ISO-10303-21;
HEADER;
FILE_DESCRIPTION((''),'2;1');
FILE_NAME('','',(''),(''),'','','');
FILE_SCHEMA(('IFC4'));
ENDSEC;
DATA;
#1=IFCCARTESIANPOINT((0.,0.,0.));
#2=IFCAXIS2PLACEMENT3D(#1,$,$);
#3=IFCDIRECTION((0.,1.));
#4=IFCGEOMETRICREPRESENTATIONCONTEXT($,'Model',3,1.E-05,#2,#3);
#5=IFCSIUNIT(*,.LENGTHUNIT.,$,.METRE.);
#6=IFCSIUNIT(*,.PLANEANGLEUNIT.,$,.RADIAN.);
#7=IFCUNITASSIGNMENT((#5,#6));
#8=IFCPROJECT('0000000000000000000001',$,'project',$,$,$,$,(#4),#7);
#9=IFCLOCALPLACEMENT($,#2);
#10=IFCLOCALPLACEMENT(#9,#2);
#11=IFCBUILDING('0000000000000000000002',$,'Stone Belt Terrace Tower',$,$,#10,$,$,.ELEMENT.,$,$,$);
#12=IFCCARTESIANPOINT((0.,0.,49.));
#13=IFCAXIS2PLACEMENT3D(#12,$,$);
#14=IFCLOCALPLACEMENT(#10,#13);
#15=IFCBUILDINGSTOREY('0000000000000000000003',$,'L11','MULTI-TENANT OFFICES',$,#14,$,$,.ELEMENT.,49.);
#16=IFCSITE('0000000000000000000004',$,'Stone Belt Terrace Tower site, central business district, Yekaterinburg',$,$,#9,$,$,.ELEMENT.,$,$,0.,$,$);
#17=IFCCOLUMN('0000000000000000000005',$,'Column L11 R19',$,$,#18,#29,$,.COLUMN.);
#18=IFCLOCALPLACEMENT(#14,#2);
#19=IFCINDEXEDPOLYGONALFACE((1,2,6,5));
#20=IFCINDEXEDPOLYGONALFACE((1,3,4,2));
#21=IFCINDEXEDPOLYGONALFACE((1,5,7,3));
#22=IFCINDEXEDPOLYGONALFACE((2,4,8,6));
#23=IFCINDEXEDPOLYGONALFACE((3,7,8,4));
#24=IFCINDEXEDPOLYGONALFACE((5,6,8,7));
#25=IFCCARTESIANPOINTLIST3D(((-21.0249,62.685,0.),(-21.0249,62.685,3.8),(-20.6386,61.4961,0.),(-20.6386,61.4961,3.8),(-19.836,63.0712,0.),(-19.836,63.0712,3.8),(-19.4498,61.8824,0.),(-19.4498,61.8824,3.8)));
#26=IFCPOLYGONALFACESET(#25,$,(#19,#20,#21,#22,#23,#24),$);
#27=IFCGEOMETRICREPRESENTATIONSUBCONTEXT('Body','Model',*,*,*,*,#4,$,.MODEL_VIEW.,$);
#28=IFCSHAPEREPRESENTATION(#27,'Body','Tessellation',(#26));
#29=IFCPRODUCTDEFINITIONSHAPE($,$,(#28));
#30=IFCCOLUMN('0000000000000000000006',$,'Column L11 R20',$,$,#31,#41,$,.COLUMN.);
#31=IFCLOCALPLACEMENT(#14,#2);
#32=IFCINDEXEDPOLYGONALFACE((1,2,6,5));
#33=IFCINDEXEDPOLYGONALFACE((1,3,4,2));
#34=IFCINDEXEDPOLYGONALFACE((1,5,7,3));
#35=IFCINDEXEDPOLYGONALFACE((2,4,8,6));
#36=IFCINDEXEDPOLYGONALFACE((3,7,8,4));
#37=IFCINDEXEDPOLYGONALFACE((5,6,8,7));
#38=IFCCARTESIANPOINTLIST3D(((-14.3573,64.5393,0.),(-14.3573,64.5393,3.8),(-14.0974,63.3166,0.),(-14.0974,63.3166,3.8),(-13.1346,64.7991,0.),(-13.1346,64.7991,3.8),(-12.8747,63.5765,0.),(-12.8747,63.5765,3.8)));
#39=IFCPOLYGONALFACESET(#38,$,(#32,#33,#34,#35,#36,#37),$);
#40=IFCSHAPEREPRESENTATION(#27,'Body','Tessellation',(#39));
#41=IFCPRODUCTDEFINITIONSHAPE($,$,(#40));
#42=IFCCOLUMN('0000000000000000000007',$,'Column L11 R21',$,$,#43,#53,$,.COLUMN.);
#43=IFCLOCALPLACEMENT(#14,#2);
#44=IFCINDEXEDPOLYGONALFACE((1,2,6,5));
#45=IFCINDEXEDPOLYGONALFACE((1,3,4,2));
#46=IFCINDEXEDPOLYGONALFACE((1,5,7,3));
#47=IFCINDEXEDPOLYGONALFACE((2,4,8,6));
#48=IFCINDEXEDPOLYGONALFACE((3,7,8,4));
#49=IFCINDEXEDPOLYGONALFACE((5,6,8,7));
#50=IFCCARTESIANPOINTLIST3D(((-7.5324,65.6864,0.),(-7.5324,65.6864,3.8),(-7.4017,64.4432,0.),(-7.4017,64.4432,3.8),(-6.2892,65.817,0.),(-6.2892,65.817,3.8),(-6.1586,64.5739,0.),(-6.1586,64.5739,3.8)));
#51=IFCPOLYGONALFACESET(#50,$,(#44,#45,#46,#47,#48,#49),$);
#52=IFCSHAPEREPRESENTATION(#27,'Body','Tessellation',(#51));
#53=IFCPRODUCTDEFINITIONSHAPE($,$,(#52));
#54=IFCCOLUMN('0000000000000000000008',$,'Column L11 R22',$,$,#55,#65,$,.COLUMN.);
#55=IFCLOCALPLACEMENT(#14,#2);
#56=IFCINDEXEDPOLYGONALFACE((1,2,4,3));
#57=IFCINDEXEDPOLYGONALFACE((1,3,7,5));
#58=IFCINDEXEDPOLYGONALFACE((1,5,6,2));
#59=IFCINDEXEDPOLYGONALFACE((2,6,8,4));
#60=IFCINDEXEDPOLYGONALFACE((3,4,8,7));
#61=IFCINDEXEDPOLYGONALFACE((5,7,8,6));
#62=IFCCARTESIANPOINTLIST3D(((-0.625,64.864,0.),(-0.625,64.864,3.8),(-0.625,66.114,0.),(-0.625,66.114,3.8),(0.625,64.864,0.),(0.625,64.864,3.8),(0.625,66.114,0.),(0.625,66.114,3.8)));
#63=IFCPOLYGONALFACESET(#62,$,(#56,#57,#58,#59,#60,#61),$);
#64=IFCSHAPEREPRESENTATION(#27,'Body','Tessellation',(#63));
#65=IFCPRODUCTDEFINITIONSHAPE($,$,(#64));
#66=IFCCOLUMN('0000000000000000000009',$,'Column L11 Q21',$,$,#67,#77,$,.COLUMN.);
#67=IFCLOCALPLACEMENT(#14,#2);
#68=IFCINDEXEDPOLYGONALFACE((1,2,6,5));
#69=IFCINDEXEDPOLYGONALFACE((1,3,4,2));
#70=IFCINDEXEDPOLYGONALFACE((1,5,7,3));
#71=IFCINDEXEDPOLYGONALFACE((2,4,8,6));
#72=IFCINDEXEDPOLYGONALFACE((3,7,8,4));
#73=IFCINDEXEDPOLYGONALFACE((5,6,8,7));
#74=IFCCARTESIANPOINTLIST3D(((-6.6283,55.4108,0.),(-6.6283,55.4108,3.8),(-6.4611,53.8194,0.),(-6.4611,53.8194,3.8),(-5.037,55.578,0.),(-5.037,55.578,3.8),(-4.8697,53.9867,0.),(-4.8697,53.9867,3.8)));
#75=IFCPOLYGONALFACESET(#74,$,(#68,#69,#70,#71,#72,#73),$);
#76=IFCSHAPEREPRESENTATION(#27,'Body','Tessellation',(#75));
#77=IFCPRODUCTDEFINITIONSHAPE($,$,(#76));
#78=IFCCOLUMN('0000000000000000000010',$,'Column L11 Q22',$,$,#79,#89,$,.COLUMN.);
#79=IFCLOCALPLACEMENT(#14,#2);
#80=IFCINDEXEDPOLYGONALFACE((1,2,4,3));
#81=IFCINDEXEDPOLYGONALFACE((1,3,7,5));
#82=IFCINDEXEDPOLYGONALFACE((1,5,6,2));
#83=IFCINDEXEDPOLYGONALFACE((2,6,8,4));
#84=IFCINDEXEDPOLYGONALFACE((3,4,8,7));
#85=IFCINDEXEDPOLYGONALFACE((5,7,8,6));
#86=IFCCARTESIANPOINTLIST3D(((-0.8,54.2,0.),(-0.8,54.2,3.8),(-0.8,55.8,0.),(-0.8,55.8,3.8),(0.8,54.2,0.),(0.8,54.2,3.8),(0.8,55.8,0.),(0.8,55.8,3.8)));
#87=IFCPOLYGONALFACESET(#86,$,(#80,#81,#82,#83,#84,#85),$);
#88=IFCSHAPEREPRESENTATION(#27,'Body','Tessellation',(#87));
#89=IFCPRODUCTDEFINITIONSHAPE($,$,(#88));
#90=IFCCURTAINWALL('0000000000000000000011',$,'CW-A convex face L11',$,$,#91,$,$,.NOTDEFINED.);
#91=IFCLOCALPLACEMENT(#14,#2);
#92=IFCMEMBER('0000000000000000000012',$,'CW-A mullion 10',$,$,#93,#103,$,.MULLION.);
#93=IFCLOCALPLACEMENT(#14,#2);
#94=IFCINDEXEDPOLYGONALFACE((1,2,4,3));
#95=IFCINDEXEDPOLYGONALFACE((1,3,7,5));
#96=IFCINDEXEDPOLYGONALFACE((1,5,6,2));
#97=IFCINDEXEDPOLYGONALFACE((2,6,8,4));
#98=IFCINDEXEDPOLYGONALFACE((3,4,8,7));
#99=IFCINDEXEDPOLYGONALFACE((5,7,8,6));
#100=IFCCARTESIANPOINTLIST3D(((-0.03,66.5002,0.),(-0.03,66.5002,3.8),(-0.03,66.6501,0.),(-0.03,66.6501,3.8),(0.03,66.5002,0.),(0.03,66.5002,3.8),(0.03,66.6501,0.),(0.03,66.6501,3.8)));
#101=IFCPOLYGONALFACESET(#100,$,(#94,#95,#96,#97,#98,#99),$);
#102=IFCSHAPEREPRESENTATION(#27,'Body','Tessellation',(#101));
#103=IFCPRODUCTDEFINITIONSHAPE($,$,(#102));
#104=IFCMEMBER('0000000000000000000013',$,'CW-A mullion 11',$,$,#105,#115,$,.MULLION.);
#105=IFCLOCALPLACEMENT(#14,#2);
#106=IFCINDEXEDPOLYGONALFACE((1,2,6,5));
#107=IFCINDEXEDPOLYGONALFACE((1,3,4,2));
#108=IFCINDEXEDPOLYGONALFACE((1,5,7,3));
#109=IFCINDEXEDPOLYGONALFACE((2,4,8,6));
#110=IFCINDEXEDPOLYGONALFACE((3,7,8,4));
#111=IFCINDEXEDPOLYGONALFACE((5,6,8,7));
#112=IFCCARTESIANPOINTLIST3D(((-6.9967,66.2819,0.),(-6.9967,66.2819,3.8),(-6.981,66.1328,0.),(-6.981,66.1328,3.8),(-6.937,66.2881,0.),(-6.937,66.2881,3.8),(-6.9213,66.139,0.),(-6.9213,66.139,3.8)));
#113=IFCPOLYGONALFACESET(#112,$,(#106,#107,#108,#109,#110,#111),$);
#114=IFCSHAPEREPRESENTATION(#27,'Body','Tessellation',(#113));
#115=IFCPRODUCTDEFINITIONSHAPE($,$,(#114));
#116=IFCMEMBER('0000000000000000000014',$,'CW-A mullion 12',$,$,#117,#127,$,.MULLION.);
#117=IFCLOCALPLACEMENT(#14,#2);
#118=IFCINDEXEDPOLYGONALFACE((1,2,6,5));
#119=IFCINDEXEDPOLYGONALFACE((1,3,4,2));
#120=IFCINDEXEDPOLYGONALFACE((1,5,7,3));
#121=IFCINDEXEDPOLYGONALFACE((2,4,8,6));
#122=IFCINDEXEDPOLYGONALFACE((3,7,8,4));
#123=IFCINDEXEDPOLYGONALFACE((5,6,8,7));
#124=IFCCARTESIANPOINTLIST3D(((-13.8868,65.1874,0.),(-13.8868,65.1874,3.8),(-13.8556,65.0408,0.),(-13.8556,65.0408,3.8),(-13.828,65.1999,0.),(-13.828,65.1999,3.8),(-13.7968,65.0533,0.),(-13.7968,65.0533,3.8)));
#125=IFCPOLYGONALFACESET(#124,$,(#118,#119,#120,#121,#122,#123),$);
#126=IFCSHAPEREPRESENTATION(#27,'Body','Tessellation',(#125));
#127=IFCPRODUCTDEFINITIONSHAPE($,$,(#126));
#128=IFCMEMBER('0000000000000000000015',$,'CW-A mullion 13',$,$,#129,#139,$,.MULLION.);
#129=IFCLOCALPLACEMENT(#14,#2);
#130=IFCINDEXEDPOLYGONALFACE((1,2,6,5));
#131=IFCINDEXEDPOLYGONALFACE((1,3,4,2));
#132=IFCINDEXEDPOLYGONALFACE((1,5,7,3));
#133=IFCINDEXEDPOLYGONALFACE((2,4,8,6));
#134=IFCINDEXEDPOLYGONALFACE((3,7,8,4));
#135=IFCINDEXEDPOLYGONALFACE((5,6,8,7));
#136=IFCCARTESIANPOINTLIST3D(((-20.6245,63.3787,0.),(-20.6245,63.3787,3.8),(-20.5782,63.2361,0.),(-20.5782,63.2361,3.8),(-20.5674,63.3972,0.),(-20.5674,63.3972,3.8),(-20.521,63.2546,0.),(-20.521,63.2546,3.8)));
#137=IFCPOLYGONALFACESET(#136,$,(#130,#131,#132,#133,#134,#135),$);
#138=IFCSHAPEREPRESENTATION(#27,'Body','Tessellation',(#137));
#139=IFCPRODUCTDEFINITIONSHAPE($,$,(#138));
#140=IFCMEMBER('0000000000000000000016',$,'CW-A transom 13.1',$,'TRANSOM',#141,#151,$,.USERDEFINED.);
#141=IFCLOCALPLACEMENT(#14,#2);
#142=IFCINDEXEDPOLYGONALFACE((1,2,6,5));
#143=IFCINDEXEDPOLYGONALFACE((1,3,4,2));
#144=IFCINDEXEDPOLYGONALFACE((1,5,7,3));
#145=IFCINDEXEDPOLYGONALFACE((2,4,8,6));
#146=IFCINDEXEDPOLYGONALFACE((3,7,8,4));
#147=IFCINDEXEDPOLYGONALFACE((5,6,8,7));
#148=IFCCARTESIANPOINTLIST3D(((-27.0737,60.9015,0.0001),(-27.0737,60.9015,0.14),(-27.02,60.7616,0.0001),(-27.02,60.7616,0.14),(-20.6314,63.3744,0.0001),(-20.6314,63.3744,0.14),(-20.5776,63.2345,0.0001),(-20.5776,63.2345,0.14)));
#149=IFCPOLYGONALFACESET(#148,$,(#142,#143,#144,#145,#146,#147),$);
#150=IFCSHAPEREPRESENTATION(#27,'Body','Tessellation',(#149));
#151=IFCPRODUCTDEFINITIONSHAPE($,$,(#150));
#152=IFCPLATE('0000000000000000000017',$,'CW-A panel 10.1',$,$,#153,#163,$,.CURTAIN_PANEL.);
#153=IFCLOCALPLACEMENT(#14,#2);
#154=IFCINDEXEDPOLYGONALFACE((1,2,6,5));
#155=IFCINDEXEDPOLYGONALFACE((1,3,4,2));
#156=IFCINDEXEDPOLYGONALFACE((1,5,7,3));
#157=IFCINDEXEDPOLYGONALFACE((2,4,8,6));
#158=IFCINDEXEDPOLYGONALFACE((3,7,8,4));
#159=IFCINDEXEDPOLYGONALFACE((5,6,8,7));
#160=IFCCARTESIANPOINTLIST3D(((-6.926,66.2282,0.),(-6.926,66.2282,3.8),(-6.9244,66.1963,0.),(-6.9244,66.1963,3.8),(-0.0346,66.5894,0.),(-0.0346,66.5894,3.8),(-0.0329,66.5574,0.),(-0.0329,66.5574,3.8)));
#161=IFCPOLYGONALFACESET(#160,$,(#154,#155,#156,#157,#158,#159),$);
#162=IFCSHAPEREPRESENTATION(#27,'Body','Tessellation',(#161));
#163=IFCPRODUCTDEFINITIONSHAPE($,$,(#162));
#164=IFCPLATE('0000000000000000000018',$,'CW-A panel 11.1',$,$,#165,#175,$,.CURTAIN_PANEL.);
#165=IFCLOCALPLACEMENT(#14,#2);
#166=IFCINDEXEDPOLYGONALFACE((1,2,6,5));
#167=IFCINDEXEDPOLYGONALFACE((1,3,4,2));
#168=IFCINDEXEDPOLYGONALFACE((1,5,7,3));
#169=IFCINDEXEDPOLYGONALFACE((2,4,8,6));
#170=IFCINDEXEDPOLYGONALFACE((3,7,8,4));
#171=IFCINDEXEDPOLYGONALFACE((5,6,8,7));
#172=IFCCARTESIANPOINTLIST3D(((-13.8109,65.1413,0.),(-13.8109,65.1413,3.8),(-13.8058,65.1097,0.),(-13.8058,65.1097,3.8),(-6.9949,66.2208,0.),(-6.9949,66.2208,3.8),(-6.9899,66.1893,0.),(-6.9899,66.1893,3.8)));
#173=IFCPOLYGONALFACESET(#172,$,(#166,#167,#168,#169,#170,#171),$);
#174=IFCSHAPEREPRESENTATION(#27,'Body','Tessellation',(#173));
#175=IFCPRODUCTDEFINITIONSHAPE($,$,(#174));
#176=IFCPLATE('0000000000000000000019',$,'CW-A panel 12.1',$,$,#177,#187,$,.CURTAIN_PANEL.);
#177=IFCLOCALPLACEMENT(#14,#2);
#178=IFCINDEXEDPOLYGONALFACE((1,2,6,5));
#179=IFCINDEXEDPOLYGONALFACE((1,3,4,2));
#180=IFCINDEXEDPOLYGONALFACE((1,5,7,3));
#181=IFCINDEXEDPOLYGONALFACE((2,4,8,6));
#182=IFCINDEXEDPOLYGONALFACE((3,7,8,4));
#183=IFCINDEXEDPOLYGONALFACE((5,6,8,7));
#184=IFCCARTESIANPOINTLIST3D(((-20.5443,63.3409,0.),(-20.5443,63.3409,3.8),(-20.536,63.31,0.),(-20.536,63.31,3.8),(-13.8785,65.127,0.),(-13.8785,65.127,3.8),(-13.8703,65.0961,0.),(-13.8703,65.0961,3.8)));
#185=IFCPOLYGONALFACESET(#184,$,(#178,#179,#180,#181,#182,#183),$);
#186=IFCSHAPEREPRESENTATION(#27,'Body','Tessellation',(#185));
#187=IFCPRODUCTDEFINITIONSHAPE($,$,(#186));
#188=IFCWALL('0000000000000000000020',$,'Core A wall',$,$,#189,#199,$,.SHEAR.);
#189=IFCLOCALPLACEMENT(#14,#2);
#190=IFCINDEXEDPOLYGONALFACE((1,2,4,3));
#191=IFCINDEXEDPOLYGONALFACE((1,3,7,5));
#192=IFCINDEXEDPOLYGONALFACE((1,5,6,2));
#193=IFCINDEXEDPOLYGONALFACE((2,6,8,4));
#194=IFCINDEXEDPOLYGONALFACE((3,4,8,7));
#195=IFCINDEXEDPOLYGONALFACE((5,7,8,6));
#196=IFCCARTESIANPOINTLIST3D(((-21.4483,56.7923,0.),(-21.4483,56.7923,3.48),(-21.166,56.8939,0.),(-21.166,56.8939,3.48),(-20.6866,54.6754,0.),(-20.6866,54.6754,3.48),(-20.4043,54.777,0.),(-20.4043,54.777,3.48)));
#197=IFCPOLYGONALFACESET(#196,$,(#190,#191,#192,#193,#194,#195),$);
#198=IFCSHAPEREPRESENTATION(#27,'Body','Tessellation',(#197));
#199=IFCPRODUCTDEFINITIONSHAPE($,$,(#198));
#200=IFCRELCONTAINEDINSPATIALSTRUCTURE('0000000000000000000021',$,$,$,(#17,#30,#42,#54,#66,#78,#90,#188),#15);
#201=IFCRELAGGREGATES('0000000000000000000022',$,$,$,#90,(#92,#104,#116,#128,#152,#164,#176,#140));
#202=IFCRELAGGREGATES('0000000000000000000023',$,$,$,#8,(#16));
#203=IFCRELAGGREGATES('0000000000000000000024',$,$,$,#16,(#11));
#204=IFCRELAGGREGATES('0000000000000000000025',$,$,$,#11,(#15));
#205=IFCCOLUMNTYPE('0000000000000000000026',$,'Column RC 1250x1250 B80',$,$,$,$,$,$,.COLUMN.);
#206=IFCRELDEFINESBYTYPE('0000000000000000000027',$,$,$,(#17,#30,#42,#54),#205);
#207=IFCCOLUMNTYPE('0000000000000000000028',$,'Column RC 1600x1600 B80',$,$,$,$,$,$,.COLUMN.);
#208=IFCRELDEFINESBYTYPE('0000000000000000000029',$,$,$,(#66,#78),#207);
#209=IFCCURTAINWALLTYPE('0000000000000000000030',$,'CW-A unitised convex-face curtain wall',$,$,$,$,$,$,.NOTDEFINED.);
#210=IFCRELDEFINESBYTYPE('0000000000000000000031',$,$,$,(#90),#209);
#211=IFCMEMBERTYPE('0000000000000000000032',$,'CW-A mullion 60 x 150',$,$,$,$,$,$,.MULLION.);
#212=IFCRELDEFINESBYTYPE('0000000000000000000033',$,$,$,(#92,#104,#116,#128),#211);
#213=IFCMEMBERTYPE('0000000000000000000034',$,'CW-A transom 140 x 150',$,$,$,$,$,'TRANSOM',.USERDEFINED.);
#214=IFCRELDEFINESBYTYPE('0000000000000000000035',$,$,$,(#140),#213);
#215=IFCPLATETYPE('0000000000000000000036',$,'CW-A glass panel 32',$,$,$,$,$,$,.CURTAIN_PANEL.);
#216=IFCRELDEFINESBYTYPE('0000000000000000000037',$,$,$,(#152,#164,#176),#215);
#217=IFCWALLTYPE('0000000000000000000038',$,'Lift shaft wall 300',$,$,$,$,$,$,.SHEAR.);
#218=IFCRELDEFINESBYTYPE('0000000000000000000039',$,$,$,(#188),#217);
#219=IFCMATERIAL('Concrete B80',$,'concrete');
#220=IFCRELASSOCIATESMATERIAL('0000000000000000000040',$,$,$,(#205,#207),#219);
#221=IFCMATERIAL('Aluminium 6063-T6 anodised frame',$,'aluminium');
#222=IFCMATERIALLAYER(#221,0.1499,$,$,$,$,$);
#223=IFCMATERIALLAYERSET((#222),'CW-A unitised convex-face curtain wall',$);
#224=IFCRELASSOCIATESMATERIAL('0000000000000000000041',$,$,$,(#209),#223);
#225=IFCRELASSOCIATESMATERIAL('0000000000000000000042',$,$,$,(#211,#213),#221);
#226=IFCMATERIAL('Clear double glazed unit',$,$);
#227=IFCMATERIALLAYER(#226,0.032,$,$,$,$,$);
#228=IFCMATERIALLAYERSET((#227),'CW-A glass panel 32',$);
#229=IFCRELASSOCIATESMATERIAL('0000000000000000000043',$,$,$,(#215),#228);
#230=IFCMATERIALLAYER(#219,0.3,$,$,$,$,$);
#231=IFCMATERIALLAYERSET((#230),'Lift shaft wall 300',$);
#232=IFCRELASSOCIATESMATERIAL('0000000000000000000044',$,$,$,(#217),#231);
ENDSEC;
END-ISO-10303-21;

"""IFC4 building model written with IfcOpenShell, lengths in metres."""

from ifc_helpers import new_model, si_unit, direction, frame, frame_2d, origin, origin_2d, place, context, subcontext, project, spatial, rectangle, extrude, material, layer, layer_set, material_profile, profile_set, type_object, element, aggregate, save


model = new_model("IFC4")

# Units and contexts
model_context = context("Model", 3, precision=1e-05, world=origin(), true_north=direction((0.0, 1.0)))
body_context = subcontext(model_context, "Body", "Model", "MODEL_VIEW")
ifc_project = project(units=[si_unit("LENGTHUNIT", "METRE"), si_unit("PLANEANGLEUNIT", "RADIAN")], contexts=[model_context])

# Site, building, storey
site_placement = place(None, origin())
site = spatial("IfcSite", under=ifc_project, at=site_placement, Name="Stone Belt Terrace Tower site, central business district, Yekaterinburg", CompositionType="ELEMENT", RefElevation=0.0)
building_placement = place(site_placement, origin())
building = spatial("IfcBuilding", under=site, at=building_placement, Name="Stone Belt Terrace Tower", CompositionType="ELEMENT")
storey_placement = place(building_placement, frame((0.0, 0.0, 49.0)))
storey = spatial("IfcBuildingStorey", under=building, at=storey_placement, Name="L11", Description="MULTI-TENANT OFFICES", CompositionType="ELEMENT", Elevation=49.0)

# Columns
ifc_material_1 = material(Name="Concrete B80", Category="concrete")
ifc_material_profile_1 = material_profile(ifc_material_1, rectangle(XDim=1.25, YDim=1.25, at=origin_2d()), Name="RC 1250x1250")
ifc_profile_set_1 = profile_set([ifc_material_profile_1], Name="Concrete B80")
column_type_1 = type_object("IfcColumnType", Name="Column RC 1250x1250 B80", PredefinedType="COLUMN", material=ifc_profile_set_1)
for number, where, z_axis, x_axis, name in (
    (1, (-20.2373, 62.2837, 0.0), (0.0, 0.0, 1.0), (0.951057, 0.309017, 0.0), "Column L11 R19"),
    (2, (-13.616, 64.0579, 0.0), (0.0, 0.0, 1.0), (0.978148, 0.207912, 0.0), "Column L11 R20"),
    (3, (-6.8455, 65.1301, 0.0), (0.0, 0.0, 1.0), (0.994522, 0.104528, 0.0), "Column L11 R21"),
    (4, (0.0, 65.489, 0.0), (0.0, 0.0, 1.0), (1.0, 0.0, 0.0), "Column L11 R22"),
):
    element("IfcColumn", number, at=place(storey_placement, frame(where, z_axis=z_axis, x_axis=x_axis)), inside=storey, type_object=column_type_1, Name=name, PredefinedType="COLUMN", context=body_context, shape_type="SweptSolid", body=[
        extrude(rectangle(XDim=1.25, YDim=1.25, at=origin_2d()), origin(), (0.0, 0.0, 1.0), 3.8),
    ])
ifc_material_profile_2 = material_profile(ifc_material_1, rectangle(XDim=1.6001, YDim=1.6001, at=origin_2d()), Name="RC 1600x1600")
ifc_profile_set_2 = profile_set([ifc_material_profile_2], Name="Concrete B80")
column_type_2 = type_object("IfcColumnType", Name="Column RC 1600x1600 B80", PredefinedType="COLUMN", material=ifc_profile_set_2)
for number, where, z_axis, x_axis, name in (
    (5, (-5.749, 54.6987, 0.0), (0.0, 0.0, 1.0), (0.994522, 0.104528, 0.0), "Column L11 Q21"),
    (6, (0.0, 55.0, 0.0), (0.0, 0.0, 1.0), (1.0, 0.0, 0.0), "Column L11 Q22"),
):
    element("IfcColumn", number, at=place(storey_placement, frame(where, z_axis=z_axis, x_axis=x_axis)), inside=storey, type_object=column_type_2, Name=name, PredefinedType="COLUMN", context=body_context, shape_type="SweptSolid", body=[
        extrude(rectangle(XDim=1.6001, YDim=1.6001, at=origin_2d()), origin(), (0.0, 0.0, 1.0), 3.8),
    ])

# Curtain wall, members, plates
ifc_material_2 = material(Name="Aluminium 6063-T6 anodised frame", Category="aluminium")
ifc_layer_1 = layer(ifc_material_2, 0.1499)
ifc_layer_set_1 = layer_set([ifc_layer_1], Name="CW-A unitised convex-face curtain wall")
curtain_wall_type = type_object("IfcCurtainWallType", Name="CW-A unitised convex-face curtain wall", PredefinedType="NOTDEFINED", material=ifc_layer_set_1)
curtain_wall_placement = place(storey_placement, origin())
curtain_wall = element("IfcCurtainWall", 7, at=curtain_wall_placement, inside=storey, type_object=curtain_wall_type, Name="CW-A convex face L11", PredefinedType="NOTDEFINED")
ifc_material_profile_3 = material_profile(ifc_material_2, rectangle(XDim=0.1499, YDim=0.0601, at=origin_2d()), Name="Aluminium 6063-T6 60x150")
ifc_profile_set_3 = profile_set([ifc_material_profile_3], Name="Aluminium 6063-T6 anodised frame")
member_type_1 = type_object("IfcMemberType", Name="CW-A mullion 60 x 150", PredefinedType="MULLION", material=ifc_profile_set_3)
member_1_placement = place(storey_placement, frame((0.0, 66.5752, 0.0), z_axis=(0.0, 0.0, 1.0), x_axis=(0.0, -1.0, 0.0)))
member_1 = element("IfcMember", 8, at=member_1_placement, type_object=member_type_1, Name="CW-A mullion 10", PredefinedType="MULLION", context=body_context, shape_type="SweptSolid", body=[
    extrude(rectangle(XDim=0.1499, YDim=0.0601, at=origin_2d()), origin(), (0.0, 0.0, 1.0), 3.8),
])
member_2_placement = place(storey_placement, frame((-6.959, 66.2104, 0.0), z_axis=(0.0, 0.0, 1.0), x_axis=(0.104528, -0.994522, 0.0)))
member_2 = element("IfcMember", 9, at=member_2_placement, type_object=member_type_1, Name="CW-A mullion 11", PredefinedType="MULLION", context=body_context, shape_type="SweptSolid", body=[
    extrude(rectangle(XDim=0.1499, YDim=0.0601, at=origin_2d()), origin(), (0.0, 0.0, 1.0), 3.8),
])
member_3_placement = place(storey_placement, frame((-13.8418, 65.1204, 0.0), z_axis=(0.0, 0.0, 1.0), x_axis=(0.207912, -0.978148, 0.0)))
member_3 = element("IfcMember", 10, at=member_3_placement, type_object=member_type_1, Name="CW-A mullion 12", PredefinedType="MULLION", context=body_context, shape_type="SweptSolid", body=[
    extrude(rectangle(XDim=0.1499, YDim=0.0601, at=origin_2d()), origin(), (0.0, 0.0, 1.0), 3.8),
])
member_4_placement = place(storey_placement, frame((-20.5728, 63.3167, 0.0), z_axis=(0.0, 0.0, 1.0), x_axis=(0.309017, -0.951057, 0.0)))
member_4 = element("IfcMember", 11, at=member_4_placement, type_object=member_type_1, Name="CW-A mullion 13", PredefinedType="MULLION", context=body_context, shape_type="SweptSolid", body=[
    extrude(rectangle(XDim=0.1499, YDim=0.0601, at=origin_2d()), origin(), (0.0, 0.0, 1.0), 3.8),
])
ifc_material_profile_4 = material_profile(ifc_material_2, rectangle(XDim=0.1499, YDim=0.1399, at=origin_2d()), Name="Aluminium 6063-T6 150x140")
ifc_profile_set_4 = profile_set([ifc_material_profile_4], Name="Aluminium 6063-T6 anodised frame")
member_type_2 = type_object("IfcMemberType", Name="CW-A transom 140 x 150", ElementType="TRANSOM", PredefinedType="USERDEFINED", material=ifc_profile_set_4)
member_5_placement = place(storey_placement, frame((-20.6045, 63.3044, 0.0701), z_axis=(-0.933585, -0.358355, 0.0), x_axis=(0.358355, -0.933585, 0.0)))
member_5 = element("IfcMember", 12, at=member_5_placement, type_object=member_type_2, Name="CW-A transom 13.1", ObjectType="TRANSOM", PredefinedType="USERDEFINED", context=body_context, shape_type="SweptSolid", body=[
    extrude(rectangle(XDim=0.1499, YDim=0.1399, at=origin_2d()), origin(), (0.0, 0.0, 1.0), 6.9006),
])
ifc_material_3 = material(Name="Clear double glazed unit")
ifc_layer_2 = layer(ifc_material_3, 0.032)
ifc_layer_set_2 = layer_set([ifc_layer_2], Name="CW-A glass panel 32")
plate_type = type_object("IfcPlateType", Name="CW-A glass panel 32", PredefinedType="CURTAIN_PANEL", material=ifc_layer_set_2)
plate_1_placement = place(storey_placement, frame((-3.4795, 66.3928, 0.0), z_axis=(0.0, 0.0, 1.0), x_axis=(-0.99863, -0.052336, 0.0)))
plate_1 = element("IfcPlate", 13, at=plate_1_placement, type_object=plate_type, Name="CW-A panel 10.1", PredefinedType="CURTAIN_PANEL", context=body_context, shape_type="SweptSolid", body=[
    extrude(rectangle(XDim=6.9009, YDim=0.032, at=origin_2d()), origin(), (0.0, 0.0, 1.0), 3.8),
])
plate_2_placement = place(storey_placement, frame((-10.4004, 65.6653, 0.0), z_axis=(0.0, 0.0, 1.0), x_axis=(-0.987688, -0.156434, 0.0)))
plate_2 = element("IfcPlate", 14, at=plate_2_placement, type_object=plate_type, Name="CW-A panel 11.1", PredefinedType="CURTAIN_PANEL", context=body_context, shape_type="SweptSolid", body=[
    extrude(rectangle(XDim=6.9009, YDim=0.032, at=origin_2d()), origin(), (0.0, 0.0, 1.0), 3.8),
])
plate_3_placement = place(storey_placement, frame((-17.2073, 64.2185, 0.0), z_axis=(0.0, 0.0, 1.0), x_axis=(-0.965926, -0.258819, 0.0)))
plate_3 = element("IfcPlate", 15, at=plate_3_placement, type_object=plate_type, Name="CW-A panel 12.1", PredefinedType="CURTAIN_PANEL", context=body_context, shape_type="SweptSolid", body=[
    extrude(rectangle(XDim=6.9009, YDim=0.032, at=origin_2d()), origin(), (0.0, 0.0, 1.0), 3.8),
])
aggregate(curtain_wall, [member_1, member_2, member_3, member_4, plate_1, plate_2, plate_3, member_5])

# Wall
ifc_layer_3 = layer(ifc_material_1, 0.3)
ifc_layer_set_3 = layer_set([ifc_layer_3], Name="Lift shaft wall 300")
wall_type_1 = type_object("IfcWallType", Name="Lift shaft wall 300", PredefinedType="SHEAR", material=ifc_layer_set_3)
wall_1_placement = place(storey_placement, frame((-20.5454, 54.7261, 0.0), z_axis=(0.0, 0.0, 1.0), x_axis=(-0.33857, 0.940941, 0.0)))
element("IfcWall", 16, at=wall_1_placement, inside=storey, type_object=wall_type_1, Name="Core A wall", PredefinedType="SHEAR", context=body_context, shape_type="SweptSolid", body=[
    extrude(rectangle(XDim=2.2498, YDim=0.3, at=frame_2d((1.125, 0.0))), origin(), (0.0, 0.0, 1.0), 3.48),
])

save(model, "model.ifc")
